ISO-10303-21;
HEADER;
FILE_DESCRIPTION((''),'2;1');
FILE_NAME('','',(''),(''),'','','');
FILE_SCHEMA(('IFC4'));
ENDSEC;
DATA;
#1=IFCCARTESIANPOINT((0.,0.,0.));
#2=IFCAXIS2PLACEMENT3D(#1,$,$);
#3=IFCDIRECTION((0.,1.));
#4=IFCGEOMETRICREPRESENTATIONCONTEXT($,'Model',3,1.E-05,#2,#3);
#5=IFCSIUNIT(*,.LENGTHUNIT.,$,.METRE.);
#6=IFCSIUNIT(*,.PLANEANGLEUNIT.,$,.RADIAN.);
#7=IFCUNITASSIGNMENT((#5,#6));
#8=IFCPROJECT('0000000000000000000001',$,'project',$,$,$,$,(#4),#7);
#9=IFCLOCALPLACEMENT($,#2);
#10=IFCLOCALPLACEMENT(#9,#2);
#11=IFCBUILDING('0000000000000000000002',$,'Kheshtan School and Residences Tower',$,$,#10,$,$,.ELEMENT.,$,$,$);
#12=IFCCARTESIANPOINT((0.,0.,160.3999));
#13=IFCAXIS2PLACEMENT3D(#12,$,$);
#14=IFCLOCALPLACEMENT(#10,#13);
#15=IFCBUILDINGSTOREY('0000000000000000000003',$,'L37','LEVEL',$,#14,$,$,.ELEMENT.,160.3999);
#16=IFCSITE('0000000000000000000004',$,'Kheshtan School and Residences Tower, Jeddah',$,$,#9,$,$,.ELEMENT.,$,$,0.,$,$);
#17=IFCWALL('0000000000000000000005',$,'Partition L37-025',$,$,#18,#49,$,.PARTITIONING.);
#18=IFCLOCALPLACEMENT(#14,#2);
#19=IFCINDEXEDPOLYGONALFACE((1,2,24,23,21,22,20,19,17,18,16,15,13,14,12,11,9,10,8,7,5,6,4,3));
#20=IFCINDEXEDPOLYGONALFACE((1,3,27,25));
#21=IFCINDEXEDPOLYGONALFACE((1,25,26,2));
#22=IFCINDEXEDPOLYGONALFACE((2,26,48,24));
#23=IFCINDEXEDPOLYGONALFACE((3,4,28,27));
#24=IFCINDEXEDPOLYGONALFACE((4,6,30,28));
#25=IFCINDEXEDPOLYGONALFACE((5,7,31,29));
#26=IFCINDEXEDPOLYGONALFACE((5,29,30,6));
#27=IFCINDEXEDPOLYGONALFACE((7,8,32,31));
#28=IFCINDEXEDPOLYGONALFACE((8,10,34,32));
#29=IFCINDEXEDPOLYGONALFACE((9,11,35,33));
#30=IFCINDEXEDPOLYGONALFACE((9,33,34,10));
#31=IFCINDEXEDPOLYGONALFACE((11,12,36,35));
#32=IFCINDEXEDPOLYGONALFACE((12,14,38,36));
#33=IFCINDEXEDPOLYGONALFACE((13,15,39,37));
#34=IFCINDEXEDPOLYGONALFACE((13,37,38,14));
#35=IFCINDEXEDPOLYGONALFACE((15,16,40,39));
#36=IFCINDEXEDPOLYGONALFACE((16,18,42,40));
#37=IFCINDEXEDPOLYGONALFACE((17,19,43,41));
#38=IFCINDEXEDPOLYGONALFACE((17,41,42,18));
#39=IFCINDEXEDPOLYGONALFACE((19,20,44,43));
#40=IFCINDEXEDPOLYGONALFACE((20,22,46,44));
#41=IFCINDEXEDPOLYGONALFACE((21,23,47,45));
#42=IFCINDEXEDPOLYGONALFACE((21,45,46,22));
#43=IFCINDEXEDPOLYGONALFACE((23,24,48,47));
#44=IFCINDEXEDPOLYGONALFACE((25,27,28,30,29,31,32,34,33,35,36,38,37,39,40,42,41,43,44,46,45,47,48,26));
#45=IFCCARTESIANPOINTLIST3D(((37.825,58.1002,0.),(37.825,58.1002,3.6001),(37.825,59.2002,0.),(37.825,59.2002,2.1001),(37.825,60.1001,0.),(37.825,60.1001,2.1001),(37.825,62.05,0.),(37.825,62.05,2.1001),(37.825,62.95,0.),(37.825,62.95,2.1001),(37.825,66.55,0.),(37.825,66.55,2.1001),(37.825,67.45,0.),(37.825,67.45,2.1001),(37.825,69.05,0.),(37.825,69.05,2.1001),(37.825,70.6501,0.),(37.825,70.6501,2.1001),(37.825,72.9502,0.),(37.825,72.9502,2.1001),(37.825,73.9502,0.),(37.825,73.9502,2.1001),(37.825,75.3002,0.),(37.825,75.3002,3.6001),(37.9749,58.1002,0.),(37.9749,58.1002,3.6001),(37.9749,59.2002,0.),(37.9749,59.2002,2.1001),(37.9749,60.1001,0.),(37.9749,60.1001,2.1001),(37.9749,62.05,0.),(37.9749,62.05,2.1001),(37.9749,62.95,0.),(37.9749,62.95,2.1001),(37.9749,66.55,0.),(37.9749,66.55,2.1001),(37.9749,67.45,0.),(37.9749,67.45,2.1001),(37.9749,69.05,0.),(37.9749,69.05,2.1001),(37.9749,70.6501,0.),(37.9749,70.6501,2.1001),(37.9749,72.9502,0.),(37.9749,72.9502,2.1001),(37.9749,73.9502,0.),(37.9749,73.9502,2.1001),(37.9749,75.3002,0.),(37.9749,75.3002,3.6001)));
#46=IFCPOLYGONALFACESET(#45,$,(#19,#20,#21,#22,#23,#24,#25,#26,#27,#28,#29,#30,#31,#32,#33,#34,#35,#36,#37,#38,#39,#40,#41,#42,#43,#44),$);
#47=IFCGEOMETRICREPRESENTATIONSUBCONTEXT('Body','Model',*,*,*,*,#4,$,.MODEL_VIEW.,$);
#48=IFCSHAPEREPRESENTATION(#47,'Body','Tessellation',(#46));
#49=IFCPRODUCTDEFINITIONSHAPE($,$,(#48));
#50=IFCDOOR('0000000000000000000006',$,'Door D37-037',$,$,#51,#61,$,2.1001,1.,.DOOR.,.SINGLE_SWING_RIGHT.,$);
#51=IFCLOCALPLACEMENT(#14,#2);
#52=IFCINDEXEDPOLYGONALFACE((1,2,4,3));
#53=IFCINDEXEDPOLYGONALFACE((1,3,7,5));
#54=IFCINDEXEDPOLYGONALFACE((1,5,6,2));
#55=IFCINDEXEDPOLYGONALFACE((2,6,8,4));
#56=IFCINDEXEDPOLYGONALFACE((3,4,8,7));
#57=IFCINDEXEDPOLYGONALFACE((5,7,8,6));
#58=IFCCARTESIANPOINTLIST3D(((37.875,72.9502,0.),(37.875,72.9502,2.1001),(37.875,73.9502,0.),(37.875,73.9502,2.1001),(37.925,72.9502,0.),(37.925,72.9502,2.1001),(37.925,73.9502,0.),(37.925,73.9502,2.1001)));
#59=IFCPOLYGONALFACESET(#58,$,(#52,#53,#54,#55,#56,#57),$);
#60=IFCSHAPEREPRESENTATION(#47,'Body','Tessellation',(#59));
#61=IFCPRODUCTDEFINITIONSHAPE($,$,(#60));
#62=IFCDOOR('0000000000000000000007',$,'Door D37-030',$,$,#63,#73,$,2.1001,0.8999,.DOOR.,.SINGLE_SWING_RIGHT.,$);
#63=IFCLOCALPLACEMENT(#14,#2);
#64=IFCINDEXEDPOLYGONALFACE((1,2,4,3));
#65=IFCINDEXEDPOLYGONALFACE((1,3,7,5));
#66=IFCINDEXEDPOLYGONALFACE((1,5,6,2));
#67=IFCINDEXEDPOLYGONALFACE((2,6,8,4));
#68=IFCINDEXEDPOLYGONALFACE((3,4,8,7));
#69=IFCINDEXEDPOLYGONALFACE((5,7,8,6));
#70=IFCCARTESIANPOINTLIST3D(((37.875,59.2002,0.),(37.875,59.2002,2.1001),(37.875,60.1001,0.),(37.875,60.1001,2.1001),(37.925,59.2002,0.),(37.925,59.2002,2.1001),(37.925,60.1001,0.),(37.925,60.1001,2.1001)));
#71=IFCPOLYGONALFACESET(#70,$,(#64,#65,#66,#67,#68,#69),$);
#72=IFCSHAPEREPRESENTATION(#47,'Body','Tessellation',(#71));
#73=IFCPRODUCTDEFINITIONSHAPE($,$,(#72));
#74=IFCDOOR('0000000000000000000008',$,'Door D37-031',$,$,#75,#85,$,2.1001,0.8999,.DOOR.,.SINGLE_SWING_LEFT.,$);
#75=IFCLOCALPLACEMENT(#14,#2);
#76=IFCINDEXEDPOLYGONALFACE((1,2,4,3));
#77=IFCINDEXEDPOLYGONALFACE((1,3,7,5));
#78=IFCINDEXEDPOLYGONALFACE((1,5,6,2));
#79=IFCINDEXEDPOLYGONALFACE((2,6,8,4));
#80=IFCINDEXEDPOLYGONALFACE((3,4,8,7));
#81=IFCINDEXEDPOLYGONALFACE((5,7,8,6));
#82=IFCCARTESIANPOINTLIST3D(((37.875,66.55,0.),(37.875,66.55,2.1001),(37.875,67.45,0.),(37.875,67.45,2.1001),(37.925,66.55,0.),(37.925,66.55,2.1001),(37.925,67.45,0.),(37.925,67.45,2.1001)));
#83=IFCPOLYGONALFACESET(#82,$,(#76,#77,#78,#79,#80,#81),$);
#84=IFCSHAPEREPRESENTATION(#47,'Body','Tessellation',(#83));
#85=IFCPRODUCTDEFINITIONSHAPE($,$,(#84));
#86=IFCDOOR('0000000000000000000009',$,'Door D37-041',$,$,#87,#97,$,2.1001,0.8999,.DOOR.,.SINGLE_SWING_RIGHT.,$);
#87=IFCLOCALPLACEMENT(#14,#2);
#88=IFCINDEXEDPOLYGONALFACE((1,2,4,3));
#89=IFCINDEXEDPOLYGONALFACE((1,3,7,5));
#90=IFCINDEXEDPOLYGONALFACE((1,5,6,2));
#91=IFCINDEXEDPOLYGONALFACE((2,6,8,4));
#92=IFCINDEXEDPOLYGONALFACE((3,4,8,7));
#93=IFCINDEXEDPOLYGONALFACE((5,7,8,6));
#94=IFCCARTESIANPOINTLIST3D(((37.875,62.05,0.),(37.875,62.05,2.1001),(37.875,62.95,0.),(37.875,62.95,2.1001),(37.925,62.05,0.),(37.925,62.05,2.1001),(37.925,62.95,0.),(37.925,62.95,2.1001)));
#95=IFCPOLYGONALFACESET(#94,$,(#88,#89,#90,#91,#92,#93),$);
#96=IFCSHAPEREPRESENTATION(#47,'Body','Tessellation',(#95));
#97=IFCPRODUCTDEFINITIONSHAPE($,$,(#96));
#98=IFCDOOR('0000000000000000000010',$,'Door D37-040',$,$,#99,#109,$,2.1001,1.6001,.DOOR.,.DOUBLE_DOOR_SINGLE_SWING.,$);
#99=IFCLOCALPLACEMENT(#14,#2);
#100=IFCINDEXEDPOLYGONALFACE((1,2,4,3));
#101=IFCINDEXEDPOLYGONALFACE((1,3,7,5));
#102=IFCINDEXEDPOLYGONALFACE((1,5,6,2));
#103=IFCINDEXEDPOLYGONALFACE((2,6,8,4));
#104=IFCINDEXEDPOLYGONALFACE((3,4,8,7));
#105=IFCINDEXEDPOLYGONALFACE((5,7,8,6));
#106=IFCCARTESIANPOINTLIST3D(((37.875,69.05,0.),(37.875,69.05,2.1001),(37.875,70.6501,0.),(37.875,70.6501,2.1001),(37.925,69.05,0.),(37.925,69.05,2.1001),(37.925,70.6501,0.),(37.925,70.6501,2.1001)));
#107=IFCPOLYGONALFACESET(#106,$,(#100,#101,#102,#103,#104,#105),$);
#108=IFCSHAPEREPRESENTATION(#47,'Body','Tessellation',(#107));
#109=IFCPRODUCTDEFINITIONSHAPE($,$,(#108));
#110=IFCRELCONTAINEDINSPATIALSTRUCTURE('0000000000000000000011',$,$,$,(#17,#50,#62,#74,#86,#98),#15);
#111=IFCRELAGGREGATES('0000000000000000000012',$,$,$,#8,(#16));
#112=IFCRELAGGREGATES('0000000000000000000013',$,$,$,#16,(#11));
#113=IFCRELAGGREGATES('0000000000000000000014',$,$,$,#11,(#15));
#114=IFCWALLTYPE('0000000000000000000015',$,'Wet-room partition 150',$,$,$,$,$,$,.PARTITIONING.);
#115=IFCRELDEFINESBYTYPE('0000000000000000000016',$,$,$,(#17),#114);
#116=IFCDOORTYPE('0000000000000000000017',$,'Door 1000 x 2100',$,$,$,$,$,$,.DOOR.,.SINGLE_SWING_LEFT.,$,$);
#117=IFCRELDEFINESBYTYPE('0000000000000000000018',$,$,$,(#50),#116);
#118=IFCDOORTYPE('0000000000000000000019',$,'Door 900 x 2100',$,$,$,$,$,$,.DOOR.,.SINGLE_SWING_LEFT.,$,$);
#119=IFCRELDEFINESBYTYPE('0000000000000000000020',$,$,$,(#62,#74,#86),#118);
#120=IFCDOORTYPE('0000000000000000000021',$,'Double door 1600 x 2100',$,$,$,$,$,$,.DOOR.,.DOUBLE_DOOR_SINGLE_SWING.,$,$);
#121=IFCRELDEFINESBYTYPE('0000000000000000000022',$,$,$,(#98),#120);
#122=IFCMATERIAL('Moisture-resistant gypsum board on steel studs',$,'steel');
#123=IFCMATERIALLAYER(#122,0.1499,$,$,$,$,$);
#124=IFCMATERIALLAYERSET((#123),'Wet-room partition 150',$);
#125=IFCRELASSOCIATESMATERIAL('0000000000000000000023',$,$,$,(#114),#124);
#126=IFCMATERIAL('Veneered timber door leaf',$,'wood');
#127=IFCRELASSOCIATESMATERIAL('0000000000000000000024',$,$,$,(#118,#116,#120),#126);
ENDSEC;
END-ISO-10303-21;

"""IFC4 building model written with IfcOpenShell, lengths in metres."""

from ifc_helpers import new_model, si_unit, direction, frame, frame_2d, origin, place, context, subcontext, project, spatial, rectangle, extrude, source, transform, mapped, material, layer, layer_set, type_object, element, fill, save


model = new_model("IFC4")

# Units and contexts
model_context = context("Model", 3, precision=1e-05, world=origin(), true_north=direction((0.0, 1.0)))
body_context = subcontext(model_context, "Body", "Model", "MODEL_VIEW")
ifc_project = project(units=[si_unit("LENGTHUNIT", "METRE"), si_unit("PLANEANGLEUNIT", "RADIAN")], contexts=[model_context])

# Site, building, storey
site_placement = place(None, origin())
site = spatial("IfcSite", under=ifc_project, at=site_placement, Name="Kheshtan School and Residences Tower, Jeddah", CompositionType="ELEMENT", RefElevation=0.0)
building_placement = place(site_placement, origin())
building = spatial("IfcBuilding", under=site, at=building_placement, Name="Kheshtan School and Residences Tower", CompositionType="ELEMENT")
storey_placement = place(building_placement, frame((0.0, 0.0, 160.3999)))
storey = spatial("IfcBuildingStorey", under=building, at=storey_placement, Name="L37", Description="LEVEL", CompositionType="ELEMENT", Elevation=160.3999)

# Shared definitions
ifc_material_1 = material(Name="Moisture-resistant gypsum board on steel studs", Category="steel")
ifc_layer_1 = layer(ifc_material_1, 0.1499)
ifc_layer_set_1 = layer_set([ifc_layer_1], Name="Wet-room partition 150")
wall_type_1 = type_object("IfcWallType", Name="Wet-room partition 150", PredefinedType="PARTITIONING", material=ifc_layer_set_1)

# Shared definitions
ifc_material_2 = material(Name="Veneered timber door leaf", Category="wood")

# Wall, openings, doors
door_type_1 = type_object("IfcDoorType", Name="Door 900 x 2100", OperationType="SINGLE_SWING_LEFT", PredefinedType="DOOR", material=ifc_material_2)
shared_shape_1 = source(origin(), body_context, "Body", "SweptSolid", [
    extrude(rectangle(XDim=0.8999, YDim=2.1001, at=frame_2d((0.45, 1.05))), frame((0.0, 0.0249, 0.0), z_axis=(0.0, -1.0, 0.0), x_axis=(1.0, 0.0, 0.0)), (0.0, 0.0, 1.0), 0.05),
])
wall_1_placement = place(storey_placement, frame((37.8999, 58.1001, 0.0), z_axis=(0.0, 0.0, 1.0), x_axis=(0.0, 1.0, 0.0)))
wall_1 = element("IfcWall", 1, at=wall_1_placement, inside=storey, type_object=wall_type_1, Name="Partition L37-025", PredefinedType="PARTITIONING", context=body_context, shape_type="SweptSolid", body=[
    extrude(rectangle(XDim=17.2, YDim=0.1499, at=frame_2d((8.6001, 0.0))), origin(), (0.0, 0.0, 1.0), 3.6001),
])
opening_1_placement = place(wall_1_placement, frame((1.1001, 0.0, 0.0)))
opening_1 = element("IfcOpeningElement", 2, at=opening_1_placement, cuts=wall_1, PredefinedType="OPENING", context=body_context, shape_type="SweptSolid", body=[
    extrude(rectangle(XDim=0.8999, YDim=2.1001, at=frame_2d((0.45, 1.05))), frame((0.0, 0.085, 0.0), z_axis=(0.0, -1.0, 0.0), x_axis=(1.0, 0.0, 0.0)), (0.0, 0.0, 1.0), 0.1699),
])
opening_2_placement = place(wall_1_placement, frame((8.45, 0.0, 0.0)))
opening_2 = element("IfcOpeningElement", 3, at=opening_2_placement, cuts=wall_1, PredefinedType="OPENING", context=body_context, shape_type="SweptSolid", body=[
    extrude(rectangle(XDim=0.8999, YDim=2.1001, at=frame_2d((0.45, 1.05))), frame((0.0, 0.085, 0.0), z_axis=(0.0, -1.0, 0.0), x_axis=(1.0, 0.0, 0.0)), (0.0, 0.0, 1.0), 0.1699),
])
opening_3_placement = place(wall_1_placement, frame((14.8501, 0.0, 0.0)))
opening_3 = element("IfcOpeningElement", 4, at=opening_3_placement, cuts=wall_1, PredefinedType="OPENING", context=body_context, shape_type="SweptSolid", body=[
    extrude(rectangle(XDim=1.0, YDim=2.1001, at=frame_2d((0.5, 1.05))), frame((0.0, 0.085, 0.0), z_axis=(0.0, -1.0, 0.0), x_axis=(1.0, 0.0, 0.0)), (0.0, 0.0, 1.0), 0.1699),
])
opening_4_placement = place(wall_1_placement, frame((10.95, 0.0, 0.0)))
opening_4 = element("IfcOpeningElement", 5, at=opening_4_placement, cuts=wall_1, PredefinedType="OPENING", context=body_context, shape_type="SweptSolid", body=[
    extrude(rectangle(XDim=1.6001, YDim=2.1001, at=frame_2d((0.8, 1.05))), frame((0.0, 0.085, 0.0), z_axis=(0.0, -1.0, 0.0), x_axis=(1.0, 0.0, 0.0)), (0.0, 0.0, 1.0), 0.1699),
])
opening_5_placement = place(wall_1_placement, frame((3.95, 0.0, 0.0)))
opening_5 = element("IfcOpeningElement", 6, at=opening_5_placement, cuts=wall_1, PredefinedType="OPENING", context=body_context, shape_type="SweptSolid", body=[
    extrude(rectangle(XDim=0.8999, YDim=2.1001, at=frame_2d((0.45, 1.05))), frame((0.0, 0.085, 0.0), z_axis=(0.0, -1.0, 0.0), x_axis=(1.0, 0.0, 0.0)), (0.0, 0.0, 1.0), 0.1699),
])
door_type_2 = type_object("IfcDoorType", Name="Door 1000 x 2100", OperationType="SINGLE_SWING_LEFT", PredefinedType="DOOR", material=ifc_material_2)
shared_shape_2 = source(origin(), body_context, "Body", "SweptSolid", [
    extrude(rectangle(XDim=1.0, YDim=2.1001, at=frame_2d((0.5, 1.05))), frame((0.0, 0.0249, 0.0), z_axis=(0.0, -1.0, 0.0), x_axis=(1.0, 0.0, 0.0)), (0.0, 0.0, 1.0), 0.05),
])
door_1_placement = place(opening_3_placement, origin())
door_1 = element("IfcDoor", 7, at=door_1_placement, inside=storey, type_object=door_type_2, Name="Door D37-037", OperationType="SINGLE_SWING_RIGHT", OverallHeight=2.1001, OverallWidth=1.0, PredefinedType="DOOR", context=body_context, shape_type="MappedRepresentation", body=[
    mapped(shared_shape_2, transform((0.0, 0.0, 0.0), x_axis=(1.0, 0.0, 0.0), y_axis=(0.0, 1.0, 0.0), z_axis=(0.0, 0.0, 1.0), scale=1.0)),
])
fill(opening_3, door_1)
door_2_placement = place(opening_1_placement, origin())
door_2 = element("IfcDoor", 8, at=door_2_placement, inside=storey, type_object=door_type_1, Name="Door D37-030", OperationType="SINGLE_SWING_RIGHT", OverallHeight=2.1001, OverallWidth=0.8999, PredefinedType="DOOR", context=body_context, shape_type="MappedRepresentation", body=[
    mapped(shared_shape_1, transform((0.0, 0.0, 0.0), x_axis=(1.0, 0.0, 0.0), y_axis=(0.0, 1.0, 0.0), z_axis=(0.0, 0.0, 1.0), scale=1.0)),
])
fill(opening_1, door_2)
door_3_placement = place(opening_2_placement, origin())
door_3 = element("IfcDoor", 9, at=door_3_placement, inside=storey, type_object=door_type_1, Name="Door D37-031", OperationType="SINGLE_SWING_LEFT", OverallHeight=2.1001, OverallWidth=0.8999, PredefinedType="DOOR", context=body_context, shape_type="MappedRepresentation", body=[
    mapped(shared_shape_1, transform((0.0, 0.0, 0.0), x_axis=(1.0, 0.0, 0.0), y_axis=(0.0, 1.0, 0.0), z_axis=(0.0, 0.0, 1.0), scale=1.0)),
])
fill(opening_2, door_3)
door_4_placement = place(opening_5_placement, origin())
door_4 = element("IfcDoor", 10, at=door_4_placement, inside=storey, type_object=door_type_1, Name="Door D37-041", OperationType="SINGLE_SWING_RIGHT", OverallHeight=2.1001, OverallWidth=0.8999, PredefinedType="DOOR", context=body_context, shape_type="MappedRepresentation", body=[
    mapped(shared_shape_1, transform((0.0, 0.0, 0.0), x_axis=(1.0, 0.0, 0.0), y_axis=(0.0, 1.0, 0.0), z_axis=(0.0, 0.0, 1.0), scale=1.0)),
])
fill(opening_5, door_4)
door_type_3 = type_object("IfcDoorType", Name="Double door 1600 x 2100", OperationType="DOUBLE_DOOR_SINGLE_SWING", PredefinedType="DOOR", material=ifc_material_2)
shared_shape_3 = source(origin(), body_context, "Body", "SweptSolid", [
    extrude(rectangle(XDim=1.6001, YDim=2.1001, at=frame_2d((0.8, 1.05))), frame((0.0, 0.0249, 0.0), z_axis=(0.0, -1.0, 0.0), x_axis=(1.0, 0.0, 0.0)), (0.0, 0.0, 1.0), 0.05),
])
door_5_placement = place(opening_4_placement, origin())
door_5 = element("IfcDoor", 11, at=door_5_placement, inside=storey, type_object=door_type_3, Name="Door D37-040", OperationType="DOUBLE_DOOR_SINGLE_SWING", OverallHeight=2.1001, OverallWidth=1.6001, PredefinedType="DOOR", context=body_context, shape_type="MappedRepresentation", body=[
    mapped(shared_shape_3, transform((0.0, 0.0, 0.0), x_axis=(1.0, 0.0, 0.0), y_axis=(0.0, 1.0, 0.0), z_axis=(0.0, 0.0, 1.0), scale=1.0)),
])
fill(opening_4, door_5)

save(model, "model.ifc")
